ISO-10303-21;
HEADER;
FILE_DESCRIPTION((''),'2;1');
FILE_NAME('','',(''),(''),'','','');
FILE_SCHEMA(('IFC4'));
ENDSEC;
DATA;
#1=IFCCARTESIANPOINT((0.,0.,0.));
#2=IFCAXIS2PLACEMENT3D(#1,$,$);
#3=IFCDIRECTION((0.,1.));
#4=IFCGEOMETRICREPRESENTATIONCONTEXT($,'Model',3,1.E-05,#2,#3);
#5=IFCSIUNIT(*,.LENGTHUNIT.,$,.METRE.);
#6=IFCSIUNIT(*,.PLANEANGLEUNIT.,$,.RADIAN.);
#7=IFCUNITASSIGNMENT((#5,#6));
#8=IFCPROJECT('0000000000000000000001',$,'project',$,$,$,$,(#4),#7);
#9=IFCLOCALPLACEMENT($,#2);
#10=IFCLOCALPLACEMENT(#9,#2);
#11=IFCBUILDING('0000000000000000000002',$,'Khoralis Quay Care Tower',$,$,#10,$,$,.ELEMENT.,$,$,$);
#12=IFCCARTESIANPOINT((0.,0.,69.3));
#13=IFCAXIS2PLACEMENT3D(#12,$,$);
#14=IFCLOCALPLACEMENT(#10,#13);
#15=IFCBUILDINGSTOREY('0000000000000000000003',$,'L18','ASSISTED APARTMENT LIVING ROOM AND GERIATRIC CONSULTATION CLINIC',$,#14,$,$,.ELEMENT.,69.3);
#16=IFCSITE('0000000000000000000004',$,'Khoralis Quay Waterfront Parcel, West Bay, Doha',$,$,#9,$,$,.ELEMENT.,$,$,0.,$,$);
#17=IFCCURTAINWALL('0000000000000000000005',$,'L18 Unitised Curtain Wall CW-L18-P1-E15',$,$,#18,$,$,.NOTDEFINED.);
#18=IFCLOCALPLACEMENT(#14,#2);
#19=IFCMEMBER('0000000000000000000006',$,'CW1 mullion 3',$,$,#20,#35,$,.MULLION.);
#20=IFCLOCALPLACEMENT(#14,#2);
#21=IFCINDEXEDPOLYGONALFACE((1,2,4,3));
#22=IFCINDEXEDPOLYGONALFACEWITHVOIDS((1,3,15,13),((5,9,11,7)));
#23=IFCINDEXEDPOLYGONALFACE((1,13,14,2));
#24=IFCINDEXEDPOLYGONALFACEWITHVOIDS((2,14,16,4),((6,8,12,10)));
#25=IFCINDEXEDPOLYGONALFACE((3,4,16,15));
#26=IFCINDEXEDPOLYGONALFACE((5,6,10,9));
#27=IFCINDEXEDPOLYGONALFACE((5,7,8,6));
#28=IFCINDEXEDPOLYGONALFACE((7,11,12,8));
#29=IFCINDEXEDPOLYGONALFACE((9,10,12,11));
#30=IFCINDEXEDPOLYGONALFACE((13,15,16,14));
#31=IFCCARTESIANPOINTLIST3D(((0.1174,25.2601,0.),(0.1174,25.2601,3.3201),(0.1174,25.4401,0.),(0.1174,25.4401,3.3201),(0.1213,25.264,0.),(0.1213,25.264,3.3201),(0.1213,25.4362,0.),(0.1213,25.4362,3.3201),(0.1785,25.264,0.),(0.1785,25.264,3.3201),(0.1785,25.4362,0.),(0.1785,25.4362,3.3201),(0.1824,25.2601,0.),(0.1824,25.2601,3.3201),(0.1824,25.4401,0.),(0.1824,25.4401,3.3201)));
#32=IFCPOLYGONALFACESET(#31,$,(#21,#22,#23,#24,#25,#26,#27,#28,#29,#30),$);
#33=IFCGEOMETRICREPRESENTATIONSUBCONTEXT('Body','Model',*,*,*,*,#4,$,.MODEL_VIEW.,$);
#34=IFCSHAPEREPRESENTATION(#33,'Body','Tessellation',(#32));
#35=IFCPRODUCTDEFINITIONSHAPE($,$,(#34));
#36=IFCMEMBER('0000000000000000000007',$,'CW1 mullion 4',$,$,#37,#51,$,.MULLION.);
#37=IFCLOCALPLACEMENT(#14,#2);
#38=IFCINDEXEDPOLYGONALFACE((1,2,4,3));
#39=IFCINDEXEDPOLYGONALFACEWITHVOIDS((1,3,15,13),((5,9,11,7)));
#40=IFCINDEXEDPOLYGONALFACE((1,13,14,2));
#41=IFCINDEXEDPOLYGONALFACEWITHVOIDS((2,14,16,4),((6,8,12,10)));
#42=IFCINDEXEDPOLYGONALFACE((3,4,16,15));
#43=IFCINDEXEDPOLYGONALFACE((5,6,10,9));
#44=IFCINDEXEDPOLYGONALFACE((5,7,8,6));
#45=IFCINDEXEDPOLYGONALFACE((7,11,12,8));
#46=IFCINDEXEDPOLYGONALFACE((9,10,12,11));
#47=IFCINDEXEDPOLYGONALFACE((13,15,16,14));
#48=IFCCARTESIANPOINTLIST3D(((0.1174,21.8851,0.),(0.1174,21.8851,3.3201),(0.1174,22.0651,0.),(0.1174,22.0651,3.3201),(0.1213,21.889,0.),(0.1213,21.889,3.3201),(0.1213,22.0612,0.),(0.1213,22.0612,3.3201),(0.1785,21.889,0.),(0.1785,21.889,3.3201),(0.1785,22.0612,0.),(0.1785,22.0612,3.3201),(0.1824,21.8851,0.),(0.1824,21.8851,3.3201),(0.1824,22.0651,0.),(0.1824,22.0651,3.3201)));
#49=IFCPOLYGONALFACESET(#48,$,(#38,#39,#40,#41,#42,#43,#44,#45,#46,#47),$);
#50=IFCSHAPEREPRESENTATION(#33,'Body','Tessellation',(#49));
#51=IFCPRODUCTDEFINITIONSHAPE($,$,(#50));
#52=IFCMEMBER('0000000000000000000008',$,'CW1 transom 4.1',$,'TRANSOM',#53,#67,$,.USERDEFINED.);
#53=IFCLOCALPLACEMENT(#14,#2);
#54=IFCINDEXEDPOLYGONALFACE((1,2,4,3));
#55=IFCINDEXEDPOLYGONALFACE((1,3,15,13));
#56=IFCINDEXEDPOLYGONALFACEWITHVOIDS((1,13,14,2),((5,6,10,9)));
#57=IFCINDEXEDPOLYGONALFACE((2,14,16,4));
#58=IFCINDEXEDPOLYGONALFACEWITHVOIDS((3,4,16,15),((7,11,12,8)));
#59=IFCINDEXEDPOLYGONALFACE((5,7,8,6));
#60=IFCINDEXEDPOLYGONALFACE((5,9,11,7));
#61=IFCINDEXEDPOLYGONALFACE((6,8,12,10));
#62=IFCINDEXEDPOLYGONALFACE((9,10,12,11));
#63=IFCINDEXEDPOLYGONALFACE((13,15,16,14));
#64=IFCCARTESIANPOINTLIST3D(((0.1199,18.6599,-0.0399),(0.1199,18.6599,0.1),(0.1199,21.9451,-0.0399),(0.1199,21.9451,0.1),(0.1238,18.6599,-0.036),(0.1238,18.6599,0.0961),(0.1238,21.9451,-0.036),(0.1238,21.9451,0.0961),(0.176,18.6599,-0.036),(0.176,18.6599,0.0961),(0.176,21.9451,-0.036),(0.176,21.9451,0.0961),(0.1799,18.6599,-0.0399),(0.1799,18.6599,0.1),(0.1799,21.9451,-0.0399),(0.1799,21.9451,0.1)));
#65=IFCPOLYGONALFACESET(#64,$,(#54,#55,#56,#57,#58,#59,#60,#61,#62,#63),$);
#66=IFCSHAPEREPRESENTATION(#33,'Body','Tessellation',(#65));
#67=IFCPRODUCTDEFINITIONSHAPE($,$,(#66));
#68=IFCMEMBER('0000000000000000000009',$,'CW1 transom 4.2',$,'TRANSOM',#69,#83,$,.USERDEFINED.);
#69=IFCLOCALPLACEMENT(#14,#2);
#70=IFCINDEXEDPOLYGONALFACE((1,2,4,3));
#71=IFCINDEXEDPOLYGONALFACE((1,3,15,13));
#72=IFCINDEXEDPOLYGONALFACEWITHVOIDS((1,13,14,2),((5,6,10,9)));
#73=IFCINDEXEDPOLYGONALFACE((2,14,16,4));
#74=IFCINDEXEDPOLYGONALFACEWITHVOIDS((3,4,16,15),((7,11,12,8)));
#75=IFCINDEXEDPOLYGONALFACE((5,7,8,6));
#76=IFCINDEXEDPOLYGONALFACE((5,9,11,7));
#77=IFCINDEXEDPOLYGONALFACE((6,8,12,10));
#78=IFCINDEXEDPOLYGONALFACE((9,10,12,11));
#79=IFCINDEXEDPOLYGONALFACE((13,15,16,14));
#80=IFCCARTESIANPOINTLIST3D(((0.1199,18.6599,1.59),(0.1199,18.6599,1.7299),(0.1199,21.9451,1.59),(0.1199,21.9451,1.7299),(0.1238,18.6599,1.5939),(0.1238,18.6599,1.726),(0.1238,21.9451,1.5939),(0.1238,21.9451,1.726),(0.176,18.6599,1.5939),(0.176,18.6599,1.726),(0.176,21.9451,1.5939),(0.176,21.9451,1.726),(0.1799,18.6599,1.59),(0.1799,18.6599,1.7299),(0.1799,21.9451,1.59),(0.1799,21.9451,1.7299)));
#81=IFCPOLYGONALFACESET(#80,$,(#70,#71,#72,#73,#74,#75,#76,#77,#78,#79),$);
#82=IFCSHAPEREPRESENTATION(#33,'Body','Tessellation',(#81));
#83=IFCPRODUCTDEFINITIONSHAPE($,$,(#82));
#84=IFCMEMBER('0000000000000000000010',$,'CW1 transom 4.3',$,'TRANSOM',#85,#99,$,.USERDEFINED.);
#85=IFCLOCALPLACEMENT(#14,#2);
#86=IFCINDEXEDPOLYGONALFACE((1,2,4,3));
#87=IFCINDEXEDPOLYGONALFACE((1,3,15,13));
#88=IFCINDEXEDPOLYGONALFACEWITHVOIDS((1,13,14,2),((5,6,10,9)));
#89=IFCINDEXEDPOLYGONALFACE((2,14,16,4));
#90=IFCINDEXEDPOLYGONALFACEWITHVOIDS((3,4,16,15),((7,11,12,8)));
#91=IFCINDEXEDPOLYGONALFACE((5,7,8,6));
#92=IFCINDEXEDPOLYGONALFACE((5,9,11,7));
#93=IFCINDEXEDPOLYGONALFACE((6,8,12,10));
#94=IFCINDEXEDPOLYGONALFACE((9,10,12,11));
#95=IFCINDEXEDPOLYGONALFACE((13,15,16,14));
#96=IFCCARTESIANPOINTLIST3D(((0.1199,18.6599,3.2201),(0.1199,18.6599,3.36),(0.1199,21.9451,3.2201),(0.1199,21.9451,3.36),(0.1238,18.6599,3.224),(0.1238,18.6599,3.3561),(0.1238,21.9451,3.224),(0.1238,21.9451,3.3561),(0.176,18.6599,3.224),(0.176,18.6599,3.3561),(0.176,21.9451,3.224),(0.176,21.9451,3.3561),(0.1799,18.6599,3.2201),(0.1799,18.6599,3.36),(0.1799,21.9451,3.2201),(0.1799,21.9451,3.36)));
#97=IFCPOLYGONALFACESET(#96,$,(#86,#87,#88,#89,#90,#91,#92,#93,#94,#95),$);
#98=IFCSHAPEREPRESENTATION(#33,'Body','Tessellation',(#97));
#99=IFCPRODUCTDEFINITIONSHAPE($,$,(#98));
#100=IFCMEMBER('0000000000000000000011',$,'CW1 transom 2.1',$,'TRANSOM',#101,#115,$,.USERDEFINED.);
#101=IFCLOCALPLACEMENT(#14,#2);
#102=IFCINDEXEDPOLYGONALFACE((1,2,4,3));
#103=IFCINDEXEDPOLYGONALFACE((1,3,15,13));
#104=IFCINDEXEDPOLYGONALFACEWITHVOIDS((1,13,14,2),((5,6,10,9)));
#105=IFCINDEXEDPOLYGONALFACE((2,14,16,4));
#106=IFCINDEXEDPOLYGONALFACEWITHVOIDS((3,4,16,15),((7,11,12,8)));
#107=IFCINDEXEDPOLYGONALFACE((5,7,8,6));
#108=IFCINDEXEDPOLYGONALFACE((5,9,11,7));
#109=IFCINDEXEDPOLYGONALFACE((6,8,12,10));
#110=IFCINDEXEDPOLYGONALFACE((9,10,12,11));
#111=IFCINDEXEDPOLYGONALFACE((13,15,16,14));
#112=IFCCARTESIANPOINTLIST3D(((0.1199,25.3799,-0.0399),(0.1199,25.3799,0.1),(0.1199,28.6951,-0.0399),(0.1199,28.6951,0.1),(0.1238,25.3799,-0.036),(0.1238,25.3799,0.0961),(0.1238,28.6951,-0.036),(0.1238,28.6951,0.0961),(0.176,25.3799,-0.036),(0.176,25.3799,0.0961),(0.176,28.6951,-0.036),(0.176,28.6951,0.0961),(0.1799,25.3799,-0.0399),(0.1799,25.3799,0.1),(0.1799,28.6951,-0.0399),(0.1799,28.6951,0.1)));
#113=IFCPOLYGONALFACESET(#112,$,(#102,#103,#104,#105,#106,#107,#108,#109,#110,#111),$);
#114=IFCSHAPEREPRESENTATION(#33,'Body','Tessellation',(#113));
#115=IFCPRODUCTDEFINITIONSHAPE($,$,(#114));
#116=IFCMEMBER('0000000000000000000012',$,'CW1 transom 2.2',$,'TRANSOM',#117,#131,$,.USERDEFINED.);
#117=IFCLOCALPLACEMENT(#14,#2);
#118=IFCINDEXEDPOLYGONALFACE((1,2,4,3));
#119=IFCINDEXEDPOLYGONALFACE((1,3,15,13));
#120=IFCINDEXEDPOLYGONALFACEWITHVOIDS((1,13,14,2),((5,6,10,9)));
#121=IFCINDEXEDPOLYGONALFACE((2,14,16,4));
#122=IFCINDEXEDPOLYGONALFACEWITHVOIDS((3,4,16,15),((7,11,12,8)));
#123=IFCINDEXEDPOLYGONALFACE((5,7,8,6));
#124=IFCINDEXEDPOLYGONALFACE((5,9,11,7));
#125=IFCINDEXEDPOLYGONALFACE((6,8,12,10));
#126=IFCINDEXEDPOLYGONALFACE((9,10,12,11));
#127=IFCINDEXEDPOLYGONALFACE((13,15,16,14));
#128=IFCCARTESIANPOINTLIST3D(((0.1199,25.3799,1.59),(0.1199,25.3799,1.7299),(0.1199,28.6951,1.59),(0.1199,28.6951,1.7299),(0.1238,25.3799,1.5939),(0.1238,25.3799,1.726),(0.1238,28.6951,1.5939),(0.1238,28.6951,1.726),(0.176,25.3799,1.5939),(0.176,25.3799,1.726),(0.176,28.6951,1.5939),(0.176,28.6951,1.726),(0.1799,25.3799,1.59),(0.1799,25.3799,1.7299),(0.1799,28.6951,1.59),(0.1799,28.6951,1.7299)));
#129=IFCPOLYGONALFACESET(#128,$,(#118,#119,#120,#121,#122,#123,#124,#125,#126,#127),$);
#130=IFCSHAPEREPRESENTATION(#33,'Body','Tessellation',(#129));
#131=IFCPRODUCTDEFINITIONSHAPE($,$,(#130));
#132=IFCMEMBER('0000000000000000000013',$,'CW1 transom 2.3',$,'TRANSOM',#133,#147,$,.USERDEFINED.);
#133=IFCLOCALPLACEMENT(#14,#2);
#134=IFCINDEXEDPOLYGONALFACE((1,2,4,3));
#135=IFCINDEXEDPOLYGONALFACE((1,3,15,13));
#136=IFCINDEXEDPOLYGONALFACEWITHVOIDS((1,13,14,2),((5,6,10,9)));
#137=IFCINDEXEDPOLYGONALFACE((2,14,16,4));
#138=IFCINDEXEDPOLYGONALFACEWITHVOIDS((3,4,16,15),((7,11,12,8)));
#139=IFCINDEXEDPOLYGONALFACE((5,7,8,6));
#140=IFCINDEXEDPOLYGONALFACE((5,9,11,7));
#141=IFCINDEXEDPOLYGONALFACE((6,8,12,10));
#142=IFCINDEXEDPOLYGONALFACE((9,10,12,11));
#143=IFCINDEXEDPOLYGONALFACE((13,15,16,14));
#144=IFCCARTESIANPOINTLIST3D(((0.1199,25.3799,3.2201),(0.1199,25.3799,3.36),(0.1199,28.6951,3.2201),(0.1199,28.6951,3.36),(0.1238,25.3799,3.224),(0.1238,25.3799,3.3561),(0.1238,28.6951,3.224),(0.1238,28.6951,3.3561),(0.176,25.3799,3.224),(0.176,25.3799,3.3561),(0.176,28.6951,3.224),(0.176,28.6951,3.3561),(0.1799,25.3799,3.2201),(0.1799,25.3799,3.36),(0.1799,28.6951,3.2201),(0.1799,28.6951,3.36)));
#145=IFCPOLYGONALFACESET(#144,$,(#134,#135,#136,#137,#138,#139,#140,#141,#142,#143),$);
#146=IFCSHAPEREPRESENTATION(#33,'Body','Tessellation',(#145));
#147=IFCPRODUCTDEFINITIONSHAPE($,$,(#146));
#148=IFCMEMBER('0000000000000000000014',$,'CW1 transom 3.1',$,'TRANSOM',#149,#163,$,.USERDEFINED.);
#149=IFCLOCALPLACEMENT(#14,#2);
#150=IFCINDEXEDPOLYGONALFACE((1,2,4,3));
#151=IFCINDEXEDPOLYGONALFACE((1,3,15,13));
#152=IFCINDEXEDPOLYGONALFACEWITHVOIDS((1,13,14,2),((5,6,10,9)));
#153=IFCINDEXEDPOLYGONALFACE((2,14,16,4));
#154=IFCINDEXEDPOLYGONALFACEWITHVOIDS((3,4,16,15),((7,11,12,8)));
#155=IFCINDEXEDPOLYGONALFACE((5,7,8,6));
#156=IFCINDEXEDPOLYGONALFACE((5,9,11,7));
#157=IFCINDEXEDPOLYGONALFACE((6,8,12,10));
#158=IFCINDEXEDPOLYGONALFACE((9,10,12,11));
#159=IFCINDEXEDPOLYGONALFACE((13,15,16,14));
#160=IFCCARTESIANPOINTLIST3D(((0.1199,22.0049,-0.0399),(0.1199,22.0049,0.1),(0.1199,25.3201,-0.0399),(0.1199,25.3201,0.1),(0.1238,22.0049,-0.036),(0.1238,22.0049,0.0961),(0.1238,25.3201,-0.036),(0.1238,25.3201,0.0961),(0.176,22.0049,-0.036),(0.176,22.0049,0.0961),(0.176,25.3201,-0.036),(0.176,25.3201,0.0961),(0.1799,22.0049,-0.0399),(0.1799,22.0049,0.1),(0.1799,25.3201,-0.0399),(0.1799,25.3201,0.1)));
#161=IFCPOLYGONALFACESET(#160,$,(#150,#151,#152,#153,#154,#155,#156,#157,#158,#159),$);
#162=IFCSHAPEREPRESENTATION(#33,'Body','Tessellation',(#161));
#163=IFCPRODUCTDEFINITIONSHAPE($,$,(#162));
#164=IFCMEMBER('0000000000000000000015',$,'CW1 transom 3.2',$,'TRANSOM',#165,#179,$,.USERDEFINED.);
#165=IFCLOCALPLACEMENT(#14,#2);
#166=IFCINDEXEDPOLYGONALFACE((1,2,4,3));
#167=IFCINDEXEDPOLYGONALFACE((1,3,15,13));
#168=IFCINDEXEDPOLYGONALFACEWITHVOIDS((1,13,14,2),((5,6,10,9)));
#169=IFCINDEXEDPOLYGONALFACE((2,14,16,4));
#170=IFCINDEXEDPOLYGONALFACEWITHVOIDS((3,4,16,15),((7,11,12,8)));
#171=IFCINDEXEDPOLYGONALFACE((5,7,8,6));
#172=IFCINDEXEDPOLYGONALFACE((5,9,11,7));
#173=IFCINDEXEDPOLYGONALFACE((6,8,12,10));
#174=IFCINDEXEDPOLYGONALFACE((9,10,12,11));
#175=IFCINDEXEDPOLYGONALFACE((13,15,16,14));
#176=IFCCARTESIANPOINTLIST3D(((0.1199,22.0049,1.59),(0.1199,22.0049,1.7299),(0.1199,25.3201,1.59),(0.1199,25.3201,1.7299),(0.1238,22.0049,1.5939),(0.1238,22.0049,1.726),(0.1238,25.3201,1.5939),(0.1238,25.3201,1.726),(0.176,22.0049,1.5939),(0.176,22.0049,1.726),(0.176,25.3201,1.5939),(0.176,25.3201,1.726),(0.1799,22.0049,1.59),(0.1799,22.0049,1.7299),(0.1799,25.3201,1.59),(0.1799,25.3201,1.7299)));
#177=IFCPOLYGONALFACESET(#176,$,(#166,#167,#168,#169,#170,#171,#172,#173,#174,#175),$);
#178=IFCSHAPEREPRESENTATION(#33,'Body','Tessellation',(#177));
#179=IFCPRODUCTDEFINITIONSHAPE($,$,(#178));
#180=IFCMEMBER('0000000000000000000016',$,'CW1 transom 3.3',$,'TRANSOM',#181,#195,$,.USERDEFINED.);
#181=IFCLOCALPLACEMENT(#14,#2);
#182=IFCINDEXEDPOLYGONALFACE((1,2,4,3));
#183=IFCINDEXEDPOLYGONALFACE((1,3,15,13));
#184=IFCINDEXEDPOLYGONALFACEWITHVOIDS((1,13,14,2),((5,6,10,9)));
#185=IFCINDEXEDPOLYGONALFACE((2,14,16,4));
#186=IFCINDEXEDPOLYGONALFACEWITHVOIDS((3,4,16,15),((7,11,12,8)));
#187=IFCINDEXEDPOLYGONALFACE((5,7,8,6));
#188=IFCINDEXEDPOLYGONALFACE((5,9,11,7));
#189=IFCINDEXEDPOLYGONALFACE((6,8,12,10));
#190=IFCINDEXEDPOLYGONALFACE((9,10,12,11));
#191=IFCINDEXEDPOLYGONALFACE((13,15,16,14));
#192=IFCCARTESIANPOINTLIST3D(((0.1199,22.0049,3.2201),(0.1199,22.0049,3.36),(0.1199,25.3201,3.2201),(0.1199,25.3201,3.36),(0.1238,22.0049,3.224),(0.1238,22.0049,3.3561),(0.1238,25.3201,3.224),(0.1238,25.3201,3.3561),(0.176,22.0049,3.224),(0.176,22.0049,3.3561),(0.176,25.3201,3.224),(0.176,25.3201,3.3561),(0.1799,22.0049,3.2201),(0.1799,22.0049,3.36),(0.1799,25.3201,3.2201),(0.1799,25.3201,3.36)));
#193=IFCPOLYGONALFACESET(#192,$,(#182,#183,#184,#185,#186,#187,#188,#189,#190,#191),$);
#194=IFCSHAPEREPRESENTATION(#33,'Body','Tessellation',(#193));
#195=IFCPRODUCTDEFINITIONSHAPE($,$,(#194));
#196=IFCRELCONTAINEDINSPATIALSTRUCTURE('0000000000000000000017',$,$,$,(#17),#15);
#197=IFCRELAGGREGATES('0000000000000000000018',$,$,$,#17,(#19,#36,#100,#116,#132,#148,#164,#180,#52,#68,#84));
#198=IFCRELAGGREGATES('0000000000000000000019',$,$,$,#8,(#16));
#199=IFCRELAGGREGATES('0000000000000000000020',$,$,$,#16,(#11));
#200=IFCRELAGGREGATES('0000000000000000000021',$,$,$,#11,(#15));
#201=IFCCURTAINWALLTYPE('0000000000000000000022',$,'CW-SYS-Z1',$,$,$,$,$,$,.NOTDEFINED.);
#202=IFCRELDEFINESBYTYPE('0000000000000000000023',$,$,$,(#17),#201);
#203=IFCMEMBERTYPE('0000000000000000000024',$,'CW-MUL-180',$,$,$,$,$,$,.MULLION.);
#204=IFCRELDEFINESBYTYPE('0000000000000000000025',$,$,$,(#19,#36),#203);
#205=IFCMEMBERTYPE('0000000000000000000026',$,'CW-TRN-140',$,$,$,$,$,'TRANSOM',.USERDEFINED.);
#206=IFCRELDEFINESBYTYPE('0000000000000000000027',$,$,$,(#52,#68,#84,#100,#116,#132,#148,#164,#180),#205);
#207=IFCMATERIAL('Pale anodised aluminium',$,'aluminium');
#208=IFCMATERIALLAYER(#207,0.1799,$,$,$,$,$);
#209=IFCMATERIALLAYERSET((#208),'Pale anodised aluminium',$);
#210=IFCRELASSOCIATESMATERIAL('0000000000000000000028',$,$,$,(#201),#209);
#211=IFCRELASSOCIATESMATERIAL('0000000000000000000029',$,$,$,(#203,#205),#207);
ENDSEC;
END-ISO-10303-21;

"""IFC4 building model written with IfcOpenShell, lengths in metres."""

from ifc_helpers import new_model, si_unit, direction, frame, origin, origin_2d, place, context, subcontext, project, spatial, hollow_rectangle, extrude, source, transform, mapped, material, layer, layer_set, material_profile, profile_set, type_object, element, aggregate, save


model = new_model("IFC4")

# Units and contexts
model_context = context("Model", 3, precision=1e-05, world=origin(), true_north=direction((0.0, 1.0)))
body_context = subcontext(model_context, "Body", "Model", "MODEL_VIEW")
ifc_project = project(units=[si_unit("LENGTHUNIT", "METRE"), si_unit("PLANEANGLEUNIT", "RADIAN")], contexts=[model_context])

# Site, building, storey
site_placement = place(None, origin())
site = spatial("IfcSite", under=ifc_project, at=site_placement, Name="Khoralis Quay Waterfront Parcel, West Bay, Doha", CompositionType="ELEMENT", RefElevation=0.0)
building_placement = place(site_placement, origin())
building = spatial("IfcBuilding", under=site, at=building_placement, Name="Khoralis Quay Care Tower", CompositionType="ELEMENT")
storey_placement = place(building_placement, frame((0.0, 0.0, 69.3)))
storey = spatial("IfcBuildingStorey", under=building, at=storey_placement, Name="L18", Description="ASSISTED APARTMENT LIVING ROOM AND GERIATRIC CONSULTATION CLINIC", CompositionType="ELEMENT", Elevation=69.3)

# Curtain wall, members
ifc_material_1 = material(Name="Pale anodised aluminium", Category="aluminium")
ifc_layer_1 = layer(ifc_material_1, 0.1799)
ifc_layer_set_1 = layer_set([ifc_layer_1], Name="Pale anodised aluminium")
curtain_wall_type = type_object("IfcCurtainWallType", Name="CW-SYS-Z1", PredefinedType="NOTDEFINED", material=ifc_layer_set_1)
curtain_wall_placement = place(storey_placement, origin())
curtain_wall = element("IfcCurtainWall", 1, at=curtain_wall_placement, inside=storey, type_object=curtain_wall_type, Name="L18 Unitised Curtain Wall CW-L18-P1-E15", PredefinedType="NOTDEFINED")
ifc_material_profile_1 = material_profile(ifc_material_1, hollow_rectangle(XDim=0.0649, YDim=0.1799, WallThickness=0.0039, at=origin_2d()), Name="Pale anodised aluminium")
ifc_profile_set_1 = profile_set([ifc_material_profile_1], Name="Pale anodised aluminium")
member_type_1 = type_object("IfcMemberType", Name="CW-MUL-180", PredefinedType="MULLION", material=ifc_profile_set_1)
shared_shape_1 = source(origin(), body_context, "Body", "SweptSolid", [
    extrude(hollow_rectangle(XDim=0.0649, YDim=0.1799, WallThickness=0.0039, at=origin_2d()), origin(), (0.0, 0.0, 1.0), 3.3201),
])
member_1_placement = place(storey_placement, frame((0.1499, 25.3501, 0.0), z_axis=(0.0, 0.0, 1.0), x_axis=(1.0, 0.0, 0.0)))
member_1 = element("IfcMember", 2, at=member_1_placement, type_object=member_type_1, Name="CW1 mullion 3", PredefinedType="MULLION", context=body_context, shape_type="MappedRepresentation", body=[
    mapped(shared_shape_1, transform((0.0, 0.0, 0.0), scale=1.0)),
])
member_2_placement = place(storey_placement, frame((0.1499, 21.9751, 0.0), z_axis=(0.0, 0.0, 1.0), x_axis=(1.0, 0.0, 0.0)))
member_2 = element("IfcMember", 3, at=member_2_placement, type_object=member_type_1, Name="CW1 mullion 4", PredefinedType="MULLION", context=body_context, shape_type="MappedRepresentation", body=[
    mapped(shared_shape_1, transform((0.0, 0.0, 0.0), scale=1.0)),
])
ifc_material_profile_2 = material_profile(ifc_material_1, hollow_rectangle(XDim=0.0601, YDim=0.1399, WallThickness=0.0039, at=origin_2d()), Name="Pale anodised aluminium")
ifc_profile_set_2 = profile_set([ifc_material_profile_2], Name="Pale anodised aluminium")
member_type_2 = type_object("IfcMemberType", Name="CW-TRN-140", ElementType="TRANSOM", PredefinedType="USERDEFINED", material=ifc_profile_set_2)
shared_shape_2 = source(origin(), body_context, "Body", "SweptSolid", [
    extrude(hollow_rectangle(XDim=0.0601, YDim=0.1399, WallThickness=0.0039, at=origin_2d()), origin(), (0.0, 0.0, 1.0), 3.2852),
])
member_3_placement = place(storey_placement, frame((0.1499, 21.9451, 0.03), z_axis=(0.0, -1.0, 0.0), x_axis=(1.0, 0.0, 0.0)))
member_3 = element("IfcMember", 4, at=member_3_placement, type_object=member_type_2, Name="CW1 transom 4.1", ObjectType="TRANSOM", PredefinedType="USERDEFINED", context=body_context, shape_type="MappedRepresentation", body=[
    mapped(shared_shape_2, transform((0.0, 0.0, 0.0), scale=1.0)),
])
member_4_placement = place(storey_placement, frame((0.1499, 21.9451, 1.6599), z_axis=(0.0, -1.0, 0.0), x_axis=(1.0, 0.0, 0.0)))
member_4 = element("IfcMember", 5, at=member_4_placement, type_object=member_type_2, Name="CW1 transom 4.2", ObjectType="TRANSOM", PredefinedType="USERDEFINED", context=body_context, shape_type="MappedRepresentation", body=[
    mapped(shared_shape_2, transform((0.0, 0.0, 0.0), scale=1.0)),
])
member_5_placement = place(storey_placement, frame((0.1499, 21.9451, 3.29), z_axis=(0.0, -1.0, 0.0), x_axis=(1.0, 0.0, 0.0)))
member_5 = element("IfcMember", 6, at=member_5_placement, type_object=member_type_2, Name="CW1 transom 4.3", ObjectType="TRANSOM", PredefinedType="USERDEFINED", context=body_context, shape_type="MappedRepresentation", body=[
    mapped(shared_shape_2, transform((0.0, 0.0, 0.0), scale=1.0)),
])
shared_shape_3 = source(origin(), body_context, "Body", "SweptSolid", [
    extrude(hollow_rectangle(XDim=0.0601, YDim=0.1399, WallThickness=0.0039, at=origin_2d()), origin(), (0.0, 0.0, 1.0), 3.3152),
])
member_6_placement = place(storey_placement, frame((0.1499, 28.6951, 0.03), z_axis=(0.0, -1.0, 0.0), x_axis=(1.0, 0.0, 0.0)))
member_6 = element("IfcMember", 7, at=member_6_placement, type_object=member_type_2, Name="CW1 transom 2.1", ObjectType="TRANSOM", PredefinedType="USERDEFINED", context=body_context, shape_type="MappedRepresentation", body=[
    mapped(shared_shape_3, transform((0.0, 0.0, 0.0), scale=1.0)),
])
member_7_placement = place(storey_placement, frame((0.1499, 28.6951, 1.6599), z_axis=(0.0, -1.0, 0.0), x_axis=(1.0, 0.0, 0.0)))
member_7 = element("IfcMember", 8, at=member_7_placement, type_object=member_type_2, Name="CW1 transom 2.2", ObjectType="TRANSOM", PredefinedType="USERDEFINED", context=body_context, shape_type="MappedRepresentation", body=[
    mapped(shared_shape_3, transform((0.0, 0.0, 0.0), scale=1.0)),
])
member_8_placement = place(storey_placement, frame((0.1499, 28.6951, 3.29), z_axis=(0.0, -1.0, 0.0), x_axis=(1.0, 0.0, 0.0)))
member_8 = element("IfcMember", 9, at=member_8_placement, type_object=member_type_2, Name="CW1 transom 2.3", ObjectType="TRANSOM", PredefinedType="USERDEFINED", context=body_context, shape_type="MappedRepresentation", body=[
    mapped(shared_shape_3, transform((0.0, 0.0, 0.0), scale=1.0)),
])
member_9_placement = place(storey_placement, frame((0.1499, 25.3201, 0.03), z_axis=(0.0, -1.0, 0.0), x_axis=(1.0, 0.0, 0.0)))
member_9 = element("IfcMember", 10, at=member_9_placement, type_object=member_type_2, Name="CW1 transom 3.1", ObjectType="TRANSOM", PredefinedType="USERDEFINED", context=body_context, shape_type="MappedRepresentation", body=[
    mapped(shared_shape_3, transform((0.0, 0.0, 0.0), scale=1.0)),
])
member_10_placement = place(storey_placement, frame((0.1499, 25.3201, 1.6599), z_axis=(0.0, -1.0, 0.0), x_axis=(1.0, 0.0, 0.0)))
member_10 = element("IfcMember", 11, at=member_10_placement, type_object=member_type_2, Name="CW1 transom 3.2", ObjectType="TRANSOM", PredefinedType="USERDEFINED", context=body_context, shape_type="MappedRepresentation", body=[
    mapped(shared_shape_3, transform((0.0, 0.0, 0.0), scale=1.0)),
])
member_11_placement = place(storey_placement, frame((0.1499, 25.3201, 3.29), z_axis=(0.0, -1.0, 0.0), x_axis=(1.0, 0.0, 0.0)))
member_11 = element("IfcMember", 12, at=member_11_placement, type_object=member_type_2, Name="CW1 transom 3.3", ObjectType="TRANSOM", PredefinedType="USERDEFINED", context=body_context, shape_type="MappedRepresentation", body=[
    mapped(shared_shape_3, transform((0.0, 0.0, 0.0), scale=1.0)),
])
aggregate(curtain_wall, [member_1, member_2, member_6, member_7, member_8, member_9, member_10, member_11, member_3, member_4, member_5])

save(model, "model.ifc")
